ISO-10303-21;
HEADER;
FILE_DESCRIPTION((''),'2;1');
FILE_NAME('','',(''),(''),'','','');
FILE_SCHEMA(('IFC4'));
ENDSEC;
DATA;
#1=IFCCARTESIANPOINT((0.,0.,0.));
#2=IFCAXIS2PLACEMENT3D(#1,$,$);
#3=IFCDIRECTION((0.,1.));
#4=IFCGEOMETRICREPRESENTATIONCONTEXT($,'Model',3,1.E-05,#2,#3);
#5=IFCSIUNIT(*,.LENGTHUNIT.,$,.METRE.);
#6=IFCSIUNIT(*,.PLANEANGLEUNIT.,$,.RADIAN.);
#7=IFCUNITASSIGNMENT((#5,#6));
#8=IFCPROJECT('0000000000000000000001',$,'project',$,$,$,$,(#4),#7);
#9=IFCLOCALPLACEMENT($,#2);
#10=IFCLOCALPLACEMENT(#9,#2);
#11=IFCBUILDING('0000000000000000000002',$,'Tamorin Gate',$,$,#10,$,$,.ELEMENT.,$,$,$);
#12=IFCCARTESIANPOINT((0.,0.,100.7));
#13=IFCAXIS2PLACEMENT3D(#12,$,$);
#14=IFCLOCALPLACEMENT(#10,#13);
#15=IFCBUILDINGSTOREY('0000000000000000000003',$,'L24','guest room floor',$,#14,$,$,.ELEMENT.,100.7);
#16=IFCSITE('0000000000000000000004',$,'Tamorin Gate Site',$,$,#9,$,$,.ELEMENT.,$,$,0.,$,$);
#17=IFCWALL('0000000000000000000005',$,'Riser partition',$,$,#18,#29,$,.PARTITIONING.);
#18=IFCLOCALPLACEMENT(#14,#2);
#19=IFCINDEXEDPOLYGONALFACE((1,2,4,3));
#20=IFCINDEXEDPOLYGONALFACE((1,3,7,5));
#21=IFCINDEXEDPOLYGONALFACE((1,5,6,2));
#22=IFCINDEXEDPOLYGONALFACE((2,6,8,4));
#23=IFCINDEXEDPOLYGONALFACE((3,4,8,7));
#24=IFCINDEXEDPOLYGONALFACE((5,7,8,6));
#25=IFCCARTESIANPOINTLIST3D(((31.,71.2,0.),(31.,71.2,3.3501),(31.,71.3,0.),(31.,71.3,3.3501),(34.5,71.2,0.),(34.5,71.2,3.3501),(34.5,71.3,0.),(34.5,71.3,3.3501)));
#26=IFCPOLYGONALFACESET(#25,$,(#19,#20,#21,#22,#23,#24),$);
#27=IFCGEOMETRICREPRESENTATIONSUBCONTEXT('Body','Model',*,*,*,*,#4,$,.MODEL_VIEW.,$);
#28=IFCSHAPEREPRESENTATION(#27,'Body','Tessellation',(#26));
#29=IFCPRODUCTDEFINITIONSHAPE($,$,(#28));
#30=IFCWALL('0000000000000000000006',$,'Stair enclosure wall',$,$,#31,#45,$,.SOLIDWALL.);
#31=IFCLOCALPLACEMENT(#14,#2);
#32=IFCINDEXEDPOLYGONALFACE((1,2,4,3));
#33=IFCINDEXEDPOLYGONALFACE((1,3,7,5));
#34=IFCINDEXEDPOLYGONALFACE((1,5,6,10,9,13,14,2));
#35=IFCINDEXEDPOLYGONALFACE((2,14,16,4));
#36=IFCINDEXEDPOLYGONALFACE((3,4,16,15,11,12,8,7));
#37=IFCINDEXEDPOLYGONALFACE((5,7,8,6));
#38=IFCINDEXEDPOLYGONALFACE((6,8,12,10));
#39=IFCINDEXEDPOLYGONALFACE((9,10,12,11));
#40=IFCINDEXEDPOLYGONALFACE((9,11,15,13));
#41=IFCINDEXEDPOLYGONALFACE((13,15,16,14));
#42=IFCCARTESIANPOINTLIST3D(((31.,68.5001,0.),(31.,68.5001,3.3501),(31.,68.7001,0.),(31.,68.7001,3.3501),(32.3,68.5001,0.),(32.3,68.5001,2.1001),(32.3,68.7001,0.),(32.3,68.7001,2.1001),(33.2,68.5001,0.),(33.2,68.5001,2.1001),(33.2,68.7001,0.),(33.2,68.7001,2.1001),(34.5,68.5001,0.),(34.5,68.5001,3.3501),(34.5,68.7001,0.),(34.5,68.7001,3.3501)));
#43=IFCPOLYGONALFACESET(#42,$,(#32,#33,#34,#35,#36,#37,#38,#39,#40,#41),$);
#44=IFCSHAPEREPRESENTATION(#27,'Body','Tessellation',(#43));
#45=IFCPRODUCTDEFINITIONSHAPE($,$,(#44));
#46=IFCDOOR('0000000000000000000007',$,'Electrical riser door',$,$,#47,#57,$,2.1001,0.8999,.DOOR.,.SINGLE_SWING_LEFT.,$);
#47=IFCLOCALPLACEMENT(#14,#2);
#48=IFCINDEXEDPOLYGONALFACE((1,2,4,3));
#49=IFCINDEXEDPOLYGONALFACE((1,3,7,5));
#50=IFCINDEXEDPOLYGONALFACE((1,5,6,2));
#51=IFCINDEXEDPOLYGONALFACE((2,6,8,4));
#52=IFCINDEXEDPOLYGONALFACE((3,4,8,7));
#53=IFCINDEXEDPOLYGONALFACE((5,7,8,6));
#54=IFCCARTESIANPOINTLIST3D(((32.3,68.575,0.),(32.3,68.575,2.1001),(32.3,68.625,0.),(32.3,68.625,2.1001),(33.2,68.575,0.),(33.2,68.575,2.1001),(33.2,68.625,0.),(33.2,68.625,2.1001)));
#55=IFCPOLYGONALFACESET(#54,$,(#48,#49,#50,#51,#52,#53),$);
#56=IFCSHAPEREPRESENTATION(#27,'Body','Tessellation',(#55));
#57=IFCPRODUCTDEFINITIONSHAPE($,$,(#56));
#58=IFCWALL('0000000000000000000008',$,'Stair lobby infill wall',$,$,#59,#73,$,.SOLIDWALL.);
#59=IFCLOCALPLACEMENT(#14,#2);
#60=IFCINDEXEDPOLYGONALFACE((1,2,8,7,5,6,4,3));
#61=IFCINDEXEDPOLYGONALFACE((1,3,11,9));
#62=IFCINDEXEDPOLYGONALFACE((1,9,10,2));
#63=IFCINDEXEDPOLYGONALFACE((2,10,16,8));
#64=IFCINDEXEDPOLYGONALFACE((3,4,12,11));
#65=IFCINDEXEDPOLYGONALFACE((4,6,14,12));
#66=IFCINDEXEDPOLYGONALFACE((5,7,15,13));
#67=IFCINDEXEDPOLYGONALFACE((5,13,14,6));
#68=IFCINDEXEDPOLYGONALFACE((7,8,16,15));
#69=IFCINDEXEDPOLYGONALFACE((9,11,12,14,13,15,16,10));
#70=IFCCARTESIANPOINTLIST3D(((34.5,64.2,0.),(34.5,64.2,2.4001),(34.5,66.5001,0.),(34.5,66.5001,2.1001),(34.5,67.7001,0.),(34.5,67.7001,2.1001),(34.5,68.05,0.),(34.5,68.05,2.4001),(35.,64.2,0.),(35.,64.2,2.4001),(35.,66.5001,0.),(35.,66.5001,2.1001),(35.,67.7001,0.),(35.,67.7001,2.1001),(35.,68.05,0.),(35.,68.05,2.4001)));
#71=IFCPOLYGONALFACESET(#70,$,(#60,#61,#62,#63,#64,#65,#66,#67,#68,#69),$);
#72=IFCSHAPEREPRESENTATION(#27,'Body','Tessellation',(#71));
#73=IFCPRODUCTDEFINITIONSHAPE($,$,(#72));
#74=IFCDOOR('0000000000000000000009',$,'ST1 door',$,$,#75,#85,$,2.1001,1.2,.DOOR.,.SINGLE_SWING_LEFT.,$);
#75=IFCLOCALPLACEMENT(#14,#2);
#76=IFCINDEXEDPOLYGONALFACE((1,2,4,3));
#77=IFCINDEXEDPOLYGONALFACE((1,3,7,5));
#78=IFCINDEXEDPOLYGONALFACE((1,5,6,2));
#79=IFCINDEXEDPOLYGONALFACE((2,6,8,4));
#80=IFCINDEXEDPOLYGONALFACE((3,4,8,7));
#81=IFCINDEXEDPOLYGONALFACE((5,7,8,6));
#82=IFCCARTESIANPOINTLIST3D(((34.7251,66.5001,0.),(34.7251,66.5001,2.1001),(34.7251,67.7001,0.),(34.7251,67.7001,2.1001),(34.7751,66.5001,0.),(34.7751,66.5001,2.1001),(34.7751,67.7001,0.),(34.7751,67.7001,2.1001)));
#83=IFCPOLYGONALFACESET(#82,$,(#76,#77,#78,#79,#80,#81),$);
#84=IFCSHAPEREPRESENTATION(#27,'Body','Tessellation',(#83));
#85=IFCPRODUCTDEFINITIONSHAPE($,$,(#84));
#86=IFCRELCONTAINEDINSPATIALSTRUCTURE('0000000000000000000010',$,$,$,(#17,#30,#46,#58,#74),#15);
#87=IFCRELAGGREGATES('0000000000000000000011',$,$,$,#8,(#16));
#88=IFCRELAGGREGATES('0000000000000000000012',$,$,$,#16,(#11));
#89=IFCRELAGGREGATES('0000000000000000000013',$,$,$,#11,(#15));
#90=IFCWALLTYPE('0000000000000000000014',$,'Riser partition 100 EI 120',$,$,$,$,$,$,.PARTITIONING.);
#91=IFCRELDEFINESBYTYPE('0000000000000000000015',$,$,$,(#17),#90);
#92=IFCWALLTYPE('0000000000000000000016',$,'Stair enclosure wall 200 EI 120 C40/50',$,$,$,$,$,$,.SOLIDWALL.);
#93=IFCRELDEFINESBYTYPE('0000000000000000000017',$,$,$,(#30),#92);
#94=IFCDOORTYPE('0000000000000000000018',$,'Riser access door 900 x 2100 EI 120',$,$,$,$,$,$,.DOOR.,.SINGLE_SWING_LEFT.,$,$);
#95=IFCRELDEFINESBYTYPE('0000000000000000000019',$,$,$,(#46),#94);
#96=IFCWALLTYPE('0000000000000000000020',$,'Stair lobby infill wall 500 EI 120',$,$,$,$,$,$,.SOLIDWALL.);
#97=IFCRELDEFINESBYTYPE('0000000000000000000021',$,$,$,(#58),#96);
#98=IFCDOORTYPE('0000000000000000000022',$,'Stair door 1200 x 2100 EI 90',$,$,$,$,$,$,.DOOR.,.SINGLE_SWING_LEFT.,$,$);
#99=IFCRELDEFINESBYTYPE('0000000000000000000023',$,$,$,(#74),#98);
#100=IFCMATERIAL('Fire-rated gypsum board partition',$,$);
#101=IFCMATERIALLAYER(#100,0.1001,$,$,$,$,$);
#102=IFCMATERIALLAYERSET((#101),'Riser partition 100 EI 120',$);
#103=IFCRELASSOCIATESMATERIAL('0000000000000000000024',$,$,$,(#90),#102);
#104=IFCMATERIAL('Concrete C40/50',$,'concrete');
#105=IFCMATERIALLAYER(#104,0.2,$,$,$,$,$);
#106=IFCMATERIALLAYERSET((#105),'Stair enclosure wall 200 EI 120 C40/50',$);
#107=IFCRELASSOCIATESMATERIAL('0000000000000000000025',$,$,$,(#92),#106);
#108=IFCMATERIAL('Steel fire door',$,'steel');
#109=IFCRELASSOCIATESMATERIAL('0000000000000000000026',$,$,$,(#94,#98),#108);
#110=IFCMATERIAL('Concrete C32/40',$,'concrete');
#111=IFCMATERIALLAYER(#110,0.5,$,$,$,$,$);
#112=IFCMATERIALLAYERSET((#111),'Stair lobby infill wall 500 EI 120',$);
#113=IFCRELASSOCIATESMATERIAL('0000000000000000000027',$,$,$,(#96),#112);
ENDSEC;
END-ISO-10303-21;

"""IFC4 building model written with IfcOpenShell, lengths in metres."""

from ifc_helpers import new_model, si_unit, direction, frame, frame_2d, origin, place, context, subcontext, project, spatial, rectangle, extrude, material, layer, layer_set, type_object, element, fill, save


model = new_model("IFC4")

# Units and contexts
model_context = context("Model", 3, precision=1e-05, world=origin(), true_north=direction((0.0, 1.0)))
body_context = subcontext(model_context, "Body", "Model", "MODEL_VIEW")
ifc_project = project(units=[si_unit("LENGTHUNIT", "METRE"), si_unit("PLANEANGLEUNIT", "RADIAN")], contexts=[model_context])

# Site, building, storey
site_placement = place(None, origin())
site = spatial("IfcSite", under=ifc_project, at=site_placement, Name="Tamorin Gate Site", CompositionType="ELEMENT", RefElevation=0.0)
building_placement = place(site_placement, origin())
building = spatial("IfcBuilding", under=site, at=building_placement, Name="Tamorin Gate", CompositionType="ELEMENT")
storey_placement = place(building_placement, frame((0.0, 0.0, 100.7)))
storey = spatial("IfcBuildingStorey", under=building, at=storey_placement, Name="L24", Description="guest room floor", CompositionType="ELEMENT", Elevation=100.7)

# Shared definitions
ifc_material_1 = material(Name="Concrete C32/40", Category="concrete")

# Wall
ifc_material_2 = material(Name="Fire-rated gypsum board partition")
ifc_layer_1 = layer(ifc_material_2, 0.1001)
ifc_layer_set_1 = layer_set([ifc_layer_1], Name="Riser partition 100 EI 120")
wall_type_1 = type_object("IfcWallType", Name="Riser partition 100 EI 120", PredefinedType="PARTITIONING", material=ifc_layer_set_1)
wall_1_placement = place(storey_placement, frame((31.0, 71.25, 0.0), z_axis=(0.0, 0.0, 1.0), x_axis=(1.0, 0.0, 0.0)))
element("IfcWall", 1, at=wall_1_placement, inside=storey, type_object=wall_type_1, Name="Riser partition", PredefinedType="PARTITIONING", context=body_context, shape_type="SweptSolid", body=[
    extrude(rectangle(XDim=3.5, YDim=0.1001, at=frame_2d((1.75, 0.0))), origin(), (0.0, 0.0, 1.0), 3.3501),
])

# Walls, openings, doors
ifc_material_3 = material(Name="Concrete C40/50", Category="concrete")
ifc_layer_2 = layer(ifc_material_3, 0.2)
ifc_layer_set_2 = layer_set([ifc_layer_2], Name="Stair enclosure wall 200 EI 120 C40/50")
wall_type_2 = type_object("IfcWallType", Name="Stair enclosure wall 200 EI 120 C40/50", PredefinedType="SOLIDWALL", material=ifc_layer_set_2)
wall_2_placement = place(storey_placement, frame((31.0, 68.6001, 0.0), z_axis=(0.0, 0.0, 1.0), x_axis=(1.0, 0.0, 0.0)))
wall_2 = element("IfcWall", 2, at=wall_2_placement, inside=storey, type_object=wall_type_2, Name="Stair enclosure wall", PredefinedType="SOLIDWALL", context=body_context, shape_type="SweptSolid", body=[
    extrude(rectangle(XDim=3.5, YDim=0.2, at=frame_2d((1.75, 0.0))), origin(), (0.0, 0.0, 1.0), 3.3501),
])
opening_1_placement = place(wall_2_placement, frame((1.3, 0.0, 0.0)))
opening_1 = element("IfcOpeningElement", 3, at=opening_1_placement, cuts=wall_2, PredefinedType="OPENING", context=body_context, shape_type="SweptSolid", body=[
    extrude(rectangle(XDim=0.8999, YDim=2.1001, at=frame_2d((0.45, 1.05))), frame((0.0, 0.1099, 0.0), z_axis=(0.0, -1.0, 0.0), x_axis=(1.0, 0.0, 0.0)), (0.0, 0.0, 1.0), 0.22),
])
ifc_material_4 = material(Name="Steel fire door", Category="steel")
door_type_1 = type_object("IfcDoorType", Name="Riser access door 900 x 2100 EI 120", OperationType="SINGLE_SWING_LEFT", PredefinedType="DOOR", material=ifc_material_4)
door_1_placement = place(opening_1_placement, origin())
door_1 = element("IfcDoor", 4, at=door_1_placement, inside=storey, type_object=door_type_1, Name="Electrical riser door", OperationType="SINGLE_SWING_LEFT", OverallHeight=2.1001, OverallWidth=0.8999, PredefinedType="DOOR", context=body_context, shape_type="SweptSolid", body=[
    extrude(rectangle(XDim=0.8999, YDim=2.1001, at=frame_2d((0.45, 1.05))), frame((0.0, 0.0249, 0.0), z_axis=(0.0, -1.0, 0.0), x_axis=(1.0, 0.0, 0.0)), (0.0, 0.0, 1.0), 0.05),
])
fill(opening_1, door_1)
ifc_layer_3 = layer(ifc_material_1, 0.5)
ifc_layer_set_3 = layer_set([ifc_layer_3], Name="Stair lobby infill wall 500 EI 120")
wall_type_3 = type_object("IfcWallType", Name="Stair lobby infill wall 500 EI 120", PredefinedType="SOLIDWALL", material=ifc_layer_set_3)
wall_3_placement = place(storey_placement, frame((34.75, 64.2, 0.0), z_axis=(0.0, 0.0, 1.0), x_axis=(0.0, 1.0, 0.0)))
wall_3 = element("IfcWall", 5, at=wall_3_placement, inside=storey, type_object=wall_type_3, Name="Stair lobby infill wall", PredefinedType="SOLIDWALL", context=body_context, shape_type="SweptSolid", body=[
    extrude(rectangle(XDim=3.8501, YDim=0.5, at=frame_2d((1.925, 0.0))), origin(), (0.0, 0.0, 1.0), 2.4001),
])
opening_2_placement = place(wall_3_placement, frame((2.3, 0.0, 0.0)))
opening_2 = element("IfcOpeningElement", 6, at=opening_2_placement, cuts=wall_3, PredefinedType="OPENING", context=body_context, shape_type="SweptSolid", body=[
    extrude(rectangle(XDim=1.2, YDim=2.1001, at=frame_2d((0.6001, 1.05))), frame((0.0, 0.26, 0.0), z_axis=(0.0, -1.0, 0.0), x_axis=(1.0, 0.0, 0.0)), (0.0, 0.0, 1.0), 0.52),
])
door_type_2 = type_object("IfcDoorType", Name="Stair door 1200 x 2100 EI 90", OperationType="SINGLE_SWING_LEFT", PredefinedType="DOOR", material=ifc_material_4)
door_2_placement = place(opening_2_placement, origin())
door_2 = element("IfcDoor", 7, at=door_2_placement, inside=storey, type_object=door_type_2, Name="ST1 door", OperationType="SINGLE_SWING_LEFT", OverallHeight=2.1001, OverallWidth=1.2, PredefinedType="DOOR", context=body_context, shape_type="SweptSolid", body=[
    extrude(rectangle(XDim=1.2, YDim=2.1001, at=frame_2d((0.6001, 1.05))), frame((0.0, 0.0249, 0.0), z_axis=(0.0, -1.0, 0.0), x_axis=(1.0, 0.0, 0.0)), (0.0, 0.0, 1.0), 0.05),
])
fill(opening_2, door_2)

save(model, "model.ifc")
